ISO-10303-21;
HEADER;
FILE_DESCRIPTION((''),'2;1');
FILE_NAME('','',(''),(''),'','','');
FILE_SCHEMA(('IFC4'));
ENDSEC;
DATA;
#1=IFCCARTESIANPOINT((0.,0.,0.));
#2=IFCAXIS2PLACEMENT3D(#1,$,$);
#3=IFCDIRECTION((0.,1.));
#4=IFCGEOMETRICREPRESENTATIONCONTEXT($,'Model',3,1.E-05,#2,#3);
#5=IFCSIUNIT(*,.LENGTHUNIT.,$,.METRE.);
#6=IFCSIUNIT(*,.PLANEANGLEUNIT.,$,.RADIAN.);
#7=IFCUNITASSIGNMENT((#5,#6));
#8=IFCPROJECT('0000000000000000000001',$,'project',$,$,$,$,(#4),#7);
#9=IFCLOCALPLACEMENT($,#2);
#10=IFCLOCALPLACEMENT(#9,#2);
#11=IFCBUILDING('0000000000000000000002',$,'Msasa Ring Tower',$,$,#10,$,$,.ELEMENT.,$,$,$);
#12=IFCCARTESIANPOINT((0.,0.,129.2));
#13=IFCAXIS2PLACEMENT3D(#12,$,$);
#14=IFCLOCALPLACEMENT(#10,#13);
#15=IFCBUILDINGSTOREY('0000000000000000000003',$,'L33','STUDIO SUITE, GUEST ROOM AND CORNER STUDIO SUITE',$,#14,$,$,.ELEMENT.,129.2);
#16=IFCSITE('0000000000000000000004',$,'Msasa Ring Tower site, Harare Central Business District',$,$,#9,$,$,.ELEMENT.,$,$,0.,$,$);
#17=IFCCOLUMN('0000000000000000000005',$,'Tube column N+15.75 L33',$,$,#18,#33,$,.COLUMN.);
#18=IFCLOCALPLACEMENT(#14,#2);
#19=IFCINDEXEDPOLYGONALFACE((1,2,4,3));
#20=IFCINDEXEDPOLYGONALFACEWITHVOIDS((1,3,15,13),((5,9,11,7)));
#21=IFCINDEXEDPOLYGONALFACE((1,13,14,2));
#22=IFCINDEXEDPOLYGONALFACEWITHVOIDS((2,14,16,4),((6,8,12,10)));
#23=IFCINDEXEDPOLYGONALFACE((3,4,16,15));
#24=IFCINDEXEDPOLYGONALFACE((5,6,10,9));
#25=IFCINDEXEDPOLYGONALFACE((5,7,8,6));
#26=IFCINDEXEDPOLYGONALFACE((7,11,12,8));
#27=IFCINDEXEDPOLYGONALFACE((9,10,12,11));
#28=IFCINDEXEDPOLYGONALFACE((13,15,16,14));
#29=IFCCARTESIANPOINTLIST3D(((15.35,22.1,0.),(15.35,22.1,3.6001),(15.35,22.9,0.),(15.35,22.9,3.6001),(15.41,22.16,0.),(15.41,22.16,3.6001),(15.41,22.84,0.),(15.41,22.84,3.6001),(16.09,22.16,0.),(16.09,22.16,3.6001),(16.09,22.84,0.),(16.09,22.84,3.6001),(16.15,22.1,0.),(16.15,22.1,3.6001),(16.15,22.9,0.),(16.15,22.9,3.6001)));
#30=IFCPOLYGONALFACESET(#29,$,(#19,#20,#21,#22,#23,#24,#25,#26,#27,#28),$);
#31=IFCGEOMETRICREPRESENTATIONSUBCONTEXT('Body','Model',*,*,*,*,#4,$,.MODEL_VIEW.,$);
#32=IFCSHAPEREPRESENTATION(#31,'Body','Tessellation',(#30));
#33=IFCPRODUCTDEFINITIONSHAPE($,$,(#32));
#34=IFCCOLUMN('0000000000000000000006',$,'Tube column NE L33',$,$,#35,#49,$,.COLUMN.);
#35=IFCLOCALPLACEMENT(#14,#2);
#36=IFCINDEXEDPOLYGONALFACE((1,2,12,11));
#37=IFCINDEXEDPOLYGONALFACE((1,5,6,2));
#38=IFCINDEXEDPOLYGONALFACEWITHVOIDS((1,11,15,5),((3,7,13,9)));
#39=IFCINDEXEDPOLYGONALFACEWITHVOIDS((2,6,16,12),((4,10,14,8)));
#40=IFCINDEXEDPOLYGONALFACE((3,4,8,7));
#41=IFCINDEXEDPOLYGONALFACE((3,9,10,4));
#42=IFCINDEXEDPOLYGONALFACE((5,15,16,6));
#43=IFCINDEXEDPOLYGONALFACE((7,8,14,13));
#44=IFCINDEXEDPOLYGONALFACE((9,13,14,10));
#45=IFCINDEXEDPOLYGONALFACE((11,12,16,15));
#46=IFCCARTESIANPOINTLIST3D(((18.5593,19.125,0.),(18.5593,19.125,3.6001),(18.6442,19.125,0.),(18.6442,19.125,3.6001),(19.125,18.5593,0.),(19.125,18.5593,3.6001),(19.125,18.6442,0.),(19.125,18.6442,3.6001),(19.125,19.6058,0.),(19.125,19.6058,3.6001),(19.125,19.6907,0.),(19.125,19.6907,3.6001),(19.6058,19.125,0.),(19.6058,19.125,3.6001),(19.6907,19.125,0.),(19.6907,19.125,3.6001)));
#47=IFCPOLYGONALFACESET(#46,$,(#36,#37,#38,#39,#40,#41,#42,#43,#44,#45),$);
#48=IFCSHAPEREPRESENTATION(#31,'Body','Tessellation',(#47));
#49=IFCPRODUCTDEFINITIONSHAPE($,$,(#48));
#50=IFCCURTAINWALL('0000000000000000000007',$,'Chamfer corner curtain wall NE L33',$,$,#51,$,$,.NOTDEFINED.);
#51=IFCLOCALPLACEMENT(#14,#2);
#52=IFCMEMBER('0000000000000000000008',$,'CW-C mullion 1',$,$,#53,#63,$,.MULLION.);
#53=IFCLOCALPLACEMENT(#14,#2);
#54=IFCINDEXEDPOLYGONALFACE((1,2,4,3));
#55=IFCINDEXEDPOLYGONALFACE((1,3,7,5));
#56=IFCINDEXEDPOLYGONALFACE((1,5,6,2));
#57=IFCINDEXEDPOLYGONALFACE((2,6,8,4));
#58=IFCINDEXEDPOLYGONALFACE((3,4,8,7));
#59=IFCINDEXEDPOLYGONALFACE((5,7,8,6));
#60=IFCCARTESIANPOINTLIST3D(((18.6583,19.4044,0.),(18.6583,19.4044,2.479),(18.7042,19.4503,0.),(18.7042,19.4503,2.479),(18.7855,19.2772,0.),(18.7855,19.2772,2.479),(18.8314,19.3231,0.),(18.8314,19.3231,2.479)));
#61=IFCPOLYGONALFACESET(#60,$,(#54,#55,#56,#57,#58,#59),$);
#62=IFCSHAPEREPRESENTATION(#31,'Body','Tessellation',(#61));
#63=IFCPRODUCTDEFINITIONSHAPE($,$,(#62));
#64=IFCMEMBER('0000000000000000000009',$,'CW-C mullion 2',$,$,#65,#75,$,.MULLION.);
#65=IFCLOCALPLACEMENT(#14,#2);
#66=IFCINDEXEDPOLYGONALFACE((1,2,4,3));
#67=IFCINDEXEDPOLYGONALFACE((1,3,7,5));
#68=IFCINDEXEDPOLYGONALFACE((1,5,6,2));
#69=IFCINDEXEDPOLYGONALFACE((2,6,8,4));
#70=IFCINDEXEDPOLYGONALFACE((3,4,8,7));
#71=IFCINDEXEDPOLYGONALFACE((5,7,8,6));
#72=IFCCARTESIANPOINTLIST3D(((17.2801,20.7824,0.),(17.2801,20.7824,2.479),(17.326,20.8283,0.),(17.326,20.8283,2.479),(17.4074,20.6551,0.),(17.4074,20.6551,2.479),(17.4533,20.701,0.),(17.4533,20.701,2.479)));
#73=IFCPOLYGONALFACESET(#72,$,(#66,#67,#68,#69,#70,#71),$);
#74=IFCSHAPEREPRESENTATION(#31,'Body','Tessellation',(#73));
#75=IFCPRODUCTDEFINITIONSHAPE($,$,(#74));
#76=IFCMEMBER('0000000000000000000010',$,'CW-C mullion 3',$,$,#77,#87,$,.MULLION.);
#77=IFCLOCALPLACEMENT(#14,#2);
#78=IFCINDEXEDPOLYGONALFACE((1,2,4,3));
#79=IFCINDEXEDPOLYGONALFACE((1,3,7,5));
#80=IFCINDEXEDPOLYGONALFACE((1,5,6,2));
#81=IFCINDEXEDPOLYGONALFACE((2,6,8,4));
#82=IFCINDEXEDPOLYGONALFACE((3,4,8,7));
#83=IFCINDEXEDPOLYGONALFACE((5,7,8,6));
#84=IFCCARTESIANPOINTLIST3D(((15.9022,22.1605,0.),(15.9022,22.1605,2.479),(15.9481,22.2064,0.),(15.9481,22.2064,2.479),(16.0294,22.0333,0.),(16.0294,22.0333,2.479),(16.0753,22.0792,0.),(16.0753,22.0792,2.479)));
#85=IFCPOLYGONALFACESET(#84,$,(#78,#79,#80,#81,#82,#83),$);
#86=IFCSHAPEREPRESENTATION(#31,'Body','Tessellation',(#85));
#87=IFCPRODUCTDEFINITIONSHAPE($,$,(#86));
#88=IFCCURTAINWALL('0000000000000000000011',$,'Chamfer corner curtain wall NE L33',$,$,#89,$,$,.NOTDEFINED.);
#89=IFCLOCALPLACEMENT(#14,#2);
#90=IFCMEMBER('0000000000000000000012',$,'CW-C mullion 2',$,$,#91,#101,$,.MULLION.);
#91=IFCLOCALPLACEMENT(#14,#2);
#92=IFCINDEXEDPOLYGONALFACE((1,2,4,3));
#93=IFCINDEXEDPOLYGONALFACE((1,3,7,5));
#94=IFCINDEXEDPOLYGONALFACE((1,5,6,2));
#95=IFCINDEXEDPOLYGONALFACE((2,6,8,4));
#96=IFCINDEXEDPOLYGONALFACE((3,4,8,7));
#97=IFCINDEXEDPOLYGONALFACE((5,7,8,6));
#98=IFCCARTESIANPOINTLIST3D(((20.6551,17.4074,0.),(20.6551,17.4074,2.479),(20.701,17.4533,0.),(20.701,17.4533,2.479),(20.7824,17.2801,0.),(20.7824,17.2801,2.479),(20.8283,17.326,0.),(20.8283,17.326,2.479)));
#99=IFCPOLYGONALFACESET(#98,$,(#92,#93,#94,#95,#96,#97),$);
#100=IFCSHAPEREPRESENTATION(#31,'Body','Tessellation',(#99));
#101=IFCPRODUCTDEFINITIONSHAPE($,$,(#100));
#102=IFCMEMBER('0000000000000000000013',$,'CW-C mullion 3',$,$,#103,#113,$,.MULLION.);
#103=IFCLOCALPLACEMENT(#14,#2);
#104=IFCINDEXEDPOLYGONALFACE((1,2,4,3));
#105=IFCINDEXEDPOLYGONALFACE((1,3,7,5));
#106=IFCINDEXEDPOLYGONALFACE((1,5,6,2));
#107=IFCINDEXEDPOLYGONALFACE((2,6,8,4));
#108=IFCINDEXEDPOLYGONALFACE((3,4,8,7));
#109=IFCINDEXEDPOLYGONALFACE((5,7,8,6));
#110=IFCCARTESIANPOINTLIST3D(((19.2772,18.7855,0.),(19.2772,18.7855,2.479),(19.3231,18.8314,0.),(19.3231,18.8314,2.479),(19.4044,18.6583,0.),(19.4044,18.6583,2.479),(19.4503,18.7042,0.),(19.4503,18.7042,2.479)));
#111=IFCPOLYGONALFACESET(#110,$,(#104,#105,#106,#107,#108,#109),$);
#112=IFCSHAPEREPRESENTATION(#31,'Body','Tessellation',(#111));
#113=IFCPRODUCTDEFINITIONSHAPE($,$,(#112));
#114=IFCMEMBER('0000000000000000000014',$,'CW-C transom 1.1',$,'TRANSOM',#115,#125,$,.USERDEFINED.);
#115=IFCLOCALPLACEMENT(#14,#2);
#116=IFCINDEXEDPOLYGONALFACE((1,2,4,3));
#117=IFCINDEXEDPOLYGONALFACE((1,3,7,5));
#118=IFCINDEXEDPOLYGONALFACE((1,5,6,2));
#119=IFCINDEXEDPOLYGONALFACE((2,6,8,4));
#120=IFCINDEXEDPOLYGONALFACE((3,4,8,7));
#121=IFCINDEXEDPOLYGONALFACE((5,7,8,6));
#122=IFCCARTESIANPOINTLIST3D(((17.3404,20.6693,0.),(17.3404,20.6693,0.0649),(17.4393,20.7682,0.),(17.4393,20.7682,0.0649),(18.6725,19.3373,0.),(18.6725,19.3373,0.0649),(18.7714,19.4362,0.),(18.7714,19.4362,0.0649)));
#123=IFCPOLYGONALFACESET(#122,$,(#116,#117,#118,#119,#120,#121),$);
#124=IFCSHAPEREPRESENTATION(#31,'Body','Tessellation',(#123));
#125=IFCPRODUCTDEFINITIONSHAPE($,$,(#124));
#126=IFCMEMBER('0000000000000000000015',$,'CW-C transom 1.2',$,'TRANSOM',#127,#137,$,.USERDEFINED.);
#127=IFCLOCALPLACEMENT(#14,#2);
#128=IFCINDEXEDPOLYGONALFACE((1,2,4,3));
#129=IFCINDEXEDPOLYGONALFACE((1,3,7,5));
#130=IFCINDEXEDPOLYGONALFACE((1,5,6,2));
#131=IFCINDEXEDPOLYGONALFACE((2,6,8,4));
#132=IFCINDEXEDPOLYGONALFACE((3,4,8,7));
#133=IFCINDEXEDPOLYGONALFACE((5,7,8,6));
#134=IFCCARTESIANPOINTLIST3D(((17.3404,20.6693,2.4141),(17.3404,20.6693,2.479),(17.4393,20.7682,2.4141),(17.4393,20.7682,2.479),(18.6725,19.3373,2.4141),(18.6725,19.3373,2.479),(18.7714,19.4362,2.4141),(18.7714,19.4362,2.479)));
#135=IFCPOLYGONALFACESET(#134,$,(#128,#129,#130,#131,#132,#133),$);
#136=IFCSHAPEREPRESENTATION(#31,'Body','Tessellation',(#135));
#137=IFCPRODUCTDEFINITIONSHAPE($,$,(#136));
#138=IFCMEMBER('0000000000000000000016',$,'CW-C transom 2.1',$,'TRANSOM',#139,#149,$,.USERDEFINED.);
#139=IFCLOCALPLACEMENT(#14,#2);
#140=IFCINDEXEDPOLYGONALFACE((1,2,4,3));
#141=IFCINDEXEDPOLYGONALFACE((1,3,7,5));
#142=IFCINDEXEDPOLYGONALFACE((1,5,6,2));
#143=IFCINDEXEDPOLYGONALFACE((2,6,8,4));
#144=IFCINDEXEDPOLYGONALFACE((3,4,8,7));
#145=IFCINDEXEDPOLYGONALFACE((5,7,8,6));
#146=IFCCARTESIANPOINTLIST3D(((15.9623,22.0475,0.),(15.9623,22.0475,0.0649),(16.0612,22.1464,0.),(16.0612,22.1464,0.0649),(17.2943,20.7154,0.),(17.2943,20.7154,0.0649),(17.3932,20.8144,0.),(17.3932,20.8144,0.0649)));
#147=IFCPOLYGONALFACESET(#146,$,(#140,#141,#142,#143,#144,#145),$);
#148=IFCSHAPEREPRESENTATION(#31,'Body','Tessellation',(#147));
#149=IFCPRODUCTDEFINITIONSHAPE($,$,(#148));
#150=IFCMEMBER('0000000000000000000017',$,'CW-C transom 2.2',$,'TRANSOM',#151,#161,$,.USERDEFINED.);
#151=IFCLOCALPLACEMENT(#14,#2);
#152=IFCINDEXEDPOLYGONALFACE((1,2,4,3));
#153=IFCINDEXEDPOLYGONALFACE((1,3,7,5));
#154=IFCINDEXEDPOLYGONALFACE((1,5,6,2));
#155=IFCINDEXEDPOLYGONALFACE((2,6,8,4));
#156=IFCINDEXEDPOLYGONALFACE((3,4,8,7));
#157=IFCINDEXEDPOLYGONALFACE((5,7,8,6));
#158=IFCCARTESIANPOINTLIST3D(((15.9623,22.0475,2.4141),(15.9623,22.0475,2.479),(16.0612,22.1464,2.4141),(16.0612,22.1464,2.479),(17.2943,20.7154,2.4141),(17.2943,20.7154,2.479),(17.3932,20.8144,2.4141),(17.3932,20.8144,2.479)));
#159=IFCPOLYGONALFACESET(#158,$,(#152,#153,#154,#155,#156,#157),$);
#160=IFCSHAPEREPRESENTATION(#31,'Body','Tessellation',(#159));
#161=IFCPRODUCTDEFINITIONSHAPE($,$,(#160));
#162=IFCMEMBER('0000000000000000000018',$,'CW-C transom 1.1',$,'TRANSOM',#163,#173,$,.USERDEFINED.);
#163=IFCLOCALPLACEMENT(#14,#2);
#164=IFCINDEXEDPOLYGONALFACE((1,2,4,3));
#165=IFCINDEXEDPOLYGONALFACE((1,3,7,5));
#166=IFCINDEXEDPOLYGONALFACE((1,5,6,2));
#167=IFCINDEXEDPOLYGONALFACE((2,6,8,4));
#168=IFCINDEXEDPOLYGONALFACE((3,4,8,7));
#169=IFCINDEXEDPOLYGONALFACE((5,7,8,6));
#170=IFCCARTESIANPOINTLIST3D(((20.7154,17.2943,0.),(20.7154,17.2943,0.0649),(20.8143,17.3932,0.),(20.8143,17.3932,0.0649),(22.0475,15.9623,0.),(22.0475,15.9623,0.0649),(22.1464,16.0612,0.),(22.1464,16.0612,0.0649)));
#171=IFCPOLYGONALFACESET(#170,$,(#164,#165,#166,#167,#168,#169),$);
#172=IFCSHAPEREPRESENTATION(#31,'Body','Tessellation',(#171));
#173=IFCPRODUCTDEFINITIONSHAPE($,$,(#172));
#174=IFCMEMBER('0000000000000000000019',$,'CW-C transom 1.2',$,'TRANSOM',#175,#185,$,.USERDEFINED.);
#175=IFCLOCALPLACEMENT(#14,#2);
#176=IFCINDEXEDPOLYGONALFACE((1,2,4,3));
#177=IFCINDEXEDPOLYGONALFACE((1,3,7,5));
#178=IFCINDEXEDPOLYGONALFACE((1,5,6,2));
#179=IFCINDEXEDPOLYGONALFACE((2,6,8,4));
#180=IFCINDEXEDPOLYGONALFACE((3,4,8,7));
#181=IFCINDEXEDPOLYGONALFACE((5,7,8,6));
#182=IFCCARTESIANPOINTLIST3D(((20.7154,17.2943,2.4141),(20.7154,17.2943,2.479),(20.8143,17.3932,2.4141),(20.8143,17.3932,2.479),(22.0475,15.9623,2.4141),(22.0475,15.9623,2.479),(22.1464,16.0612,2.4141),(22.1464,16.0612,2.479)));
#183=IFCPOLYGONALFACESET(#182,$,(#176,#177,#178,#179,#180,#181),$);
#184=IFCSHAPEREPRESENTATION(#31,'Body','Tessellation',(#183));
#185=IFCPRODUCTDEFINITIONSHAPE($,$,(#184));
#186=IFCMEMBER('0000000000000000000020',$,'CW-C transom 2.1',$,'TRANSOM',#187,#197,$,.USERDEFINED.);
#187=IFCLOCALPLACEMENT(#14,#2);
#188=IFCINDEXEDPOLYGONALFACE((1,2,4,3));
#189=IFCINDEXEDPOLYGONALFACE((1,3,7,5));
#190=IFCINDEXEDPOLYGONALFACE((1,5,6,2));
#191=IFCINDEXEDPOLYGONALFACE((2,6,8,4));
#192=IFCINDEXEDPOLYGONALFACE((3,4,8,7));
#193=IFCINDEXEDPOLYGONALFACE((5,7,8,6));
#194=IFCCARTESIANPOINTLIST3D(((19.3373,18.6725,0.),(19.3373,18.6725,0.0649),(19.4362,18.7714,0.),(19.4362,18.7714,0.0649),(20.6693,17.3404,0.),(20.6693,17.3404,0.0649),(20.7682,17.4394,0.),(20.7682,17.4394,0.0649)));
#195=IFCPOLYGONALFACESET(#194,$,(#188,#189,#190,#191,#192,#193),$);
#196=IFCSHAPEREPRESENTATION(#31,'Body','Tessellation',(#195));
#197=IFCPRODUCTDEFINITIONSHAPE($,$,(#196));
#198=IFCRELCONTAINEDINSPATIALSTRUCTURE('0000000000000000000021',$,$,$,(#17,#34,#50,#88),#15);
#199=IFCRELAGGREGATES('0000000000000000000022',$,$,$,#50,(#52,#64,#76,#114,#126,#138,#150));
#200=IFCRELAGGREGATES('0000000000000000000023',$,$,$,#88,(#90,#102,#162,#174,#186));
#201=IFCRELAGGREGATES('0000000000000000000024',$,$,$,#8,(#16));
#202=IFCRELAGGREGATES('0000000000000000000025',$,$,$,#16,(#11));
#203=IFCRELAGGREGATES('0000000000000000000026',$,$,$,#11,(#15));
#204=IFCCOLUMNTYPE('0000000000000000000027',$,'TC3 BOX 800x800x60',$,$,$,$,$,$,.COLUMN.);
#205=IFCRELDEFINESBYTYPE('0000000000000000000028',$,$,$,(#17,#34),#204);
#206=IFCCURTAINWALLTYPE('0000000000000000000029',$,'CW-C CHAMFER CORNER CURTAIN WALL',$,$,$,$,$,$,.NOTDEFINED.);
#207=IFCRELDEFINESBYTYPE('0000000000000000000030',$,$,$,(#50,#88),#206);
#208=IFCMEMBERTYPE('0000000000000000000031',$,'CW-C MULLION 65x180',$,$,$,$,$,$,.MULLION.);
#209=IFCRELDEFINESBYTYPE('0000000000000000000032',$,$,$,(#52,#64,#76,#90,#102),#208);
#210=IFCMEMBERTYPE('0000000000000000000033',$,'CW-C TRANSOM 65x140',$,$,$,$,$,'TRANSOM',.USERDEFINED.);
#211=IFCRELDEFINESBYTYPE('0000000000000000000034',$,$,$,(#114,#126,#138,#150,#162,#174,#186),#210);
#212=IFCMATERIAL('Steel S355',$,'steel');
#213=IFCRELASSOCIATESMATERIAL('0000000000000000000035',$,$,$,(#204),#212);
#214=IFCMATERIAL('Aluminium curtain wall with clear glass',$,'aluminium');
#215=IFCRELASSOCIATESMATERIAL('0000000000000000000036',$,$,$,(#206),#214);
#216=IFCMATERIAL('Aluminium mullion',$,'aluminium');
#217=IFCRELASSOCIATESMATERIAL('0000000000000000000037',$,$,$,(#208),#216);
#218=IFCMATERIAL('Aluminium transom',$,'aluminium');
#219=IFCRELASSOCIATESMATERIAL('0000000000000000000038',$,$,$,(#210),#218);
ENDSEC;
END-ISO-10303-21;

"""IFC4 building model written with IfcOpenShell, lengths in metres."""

from ifc_helpers import new_model, si_unit, direction, frame, origin, origin_2d, place, context, subcontext, project, spatial, rectangle, hollow_rectangle, extrude, material, material_profile, profile_set, type_object, element, aggregate, save


model = new_model("IFC4")

# Units and contexts
model_context = context("Model", 3, precision=1e-05, world=origin(), true_north=direction((0.0, 1.0)))
body_context = subcontext(model_context, "Body", "Model", "MODEL_VIEW")
ifc_project = project(units=[si_unit("LENGTHUNIT", "METRE"), si_unit("PLANEANGLEUNIT", "RADIAN")], contexts=[model_context])

# Site, building, storey
site_placement = place(None, origin())
site = spatial("IfcSite", under=ifc_project, at=site_placement, Name="Msasa Ring Tower site, Harare Central Business District", CompositionType="ELEMENT", RefElevation=0.0)
building_placement = place(site_placement, origin())
building = spatial("IfcBuilding", under=site, at=building_placement, Name="Msasa Ring Tower", CompositionType="ELEMENT")
storey_placement = place(building_placement, frame((0.0, 0.0, 129.2)))
storey = spatial("IfcBuildingStorey", under=building, at=storey_placement, Name="L33", Description="STUDIO SUITE, GUEST ROOM AND CORNER STUDIO SUITE", CompositionType="ELEMENT", Elevation=129.2)

# Columns
ifc_material_1 = material(Name="Steel S355", Category="steel")
ifc_material_profile_1 = material_profile(ifc_material_1, hollow_rectangle(XDim=0.8, YDim=0.8, WallThickness=0.0601, at=origin_2d()), Name="BOX 800x800x60")
ifc_profile_set_1 = profile_set([ifc_material_profile_1], Name="Steel S355")
column_type = type_object("IfcColumnType", Name="TC3 BOX 800x800x60", PredefinedType="COLUMN", material=ifc_profile_set_1)
for number, where, z_axis, x_axis, name in (
    (1, (15.75, 22.5, 0.0), (0.0, 0.0, 1.0), (0.0, 1.0, 0.0), "Tube column N+15.75 L33"),
    (2, (19.125, 19.125, 0.0), (0.0, 0.0, 1.0), (0.707107, 0.707107, 0.0), "Tube column NE L33"),
):
    element("IfcColumn", number, at=place(storey_placement, frame(where, z_axis=z_axis, x_axis=x_axis)), inside=storey, type_object=column_type, Name=name, PredefinedType="COLUMN", context=body_context, shape_type="SweptSolid", body=[
        extrude(hollow_rectangle(XDim=0.8, YDim=0.8, WallThickness=0.0601, at=origin_2d()), origin(), (0.0, 0.0, 1.0), 3.6001),
    ])

# Curtain walls, members
ifc_material_2 = material(Name="Aluminium curtain wall with clear glass", Category="aluminium")
curtain_wall_type = type_object("IfcCurtainWallType", Name="CW-C CHAMFER CORNER CURTAIN WALL", PredefinedType="NOTDEFINED", material=ifc_material_2)
curtain_wall_1_placement = place(storey_placement, origin())
curtain_wall_1 = element("IfcCurtainWall", 3, at=curtain_wall_1_placement, inside=storey, type_object=curtain_wall_type, Name="Chamfer corner curtain wall NE L33", PredefinedType="NOTDEFINED")
ifc_material_3 = material(Name="Aluminium mullion", Category="aluminium")
ifc_material_profile_2 = material_profile(ifc_material_3, rectangle(XDim=0.0649, YDim=0.1799, at=origin_2d()), Name="AL 65x180")
ifc_profile_set_2 = profile_set([ifc_material_profile_2], Name="Aluminium mullion")
member_type_1 = type_object("IfcMemberType", Name="CW-C MULLION 65x180", PredefinedType="MULLION", material=ifc_profile_set_2)
member_1_placement = place(storey_placement, frame((18.7449, 19.3638, 0.0), z_axis=(0.0, 0.0, 1.0), x_axis=(-0.707107, -0.707107, 0.0)))
member_1 = element("IfcMember", 4, at=member_1_placement, type_object=member_type_1, Name="CW-C mullion 1", PredefinedType="MULLION", context=body_context, shape_type="SweptSolid", body=[
    extrude(rectangle(XDim=0.0649, YDim=0.1799, at=origin_2d()), origin(), (0.0, 0.0, 1.0), 2.479),
])
member_2_placement = place(storey_placement, frame((17.3667, 20.7417, 0.0), z_axis=(0.0, 0.0, 1.0), x_axis=(-0.707107, -0.707107, 0.0)))
member_2 = element("IfcMember", 5, at=member_2_placement, type_object=member_type_1, Name="CW-C mullion 2", PredefinedType="MULLION", context=body_context, shape_type="SweptSolid", body=[
    extrude(rectangle(XDim=0.0649, YDim=0.1799, at=origin_2d()), origin(), (0.0, 0.0, 1.0), 2.479),
])
member_3_placement = place(storey_placement, frame((15.9888, 22.1199, 0.0), z_axis=(0.0, 0.0, 1.0), x_axis=(-0.707107, -0.707107, 0.0)))
member_3 = element("IfcMember", 6, at=member_3_placement, type_object=member_type_1, Name="CW-C mullion 3", PredefinedType="MULLION", context=body_context, shape_type="SweptSolid", body=[
    extrude(rectangle(XDim=0.0649, YDim=0.1799, at=origin_2d()), origin(), (0.0, 0.0, 1.0), 2.479),
])
curtain_wall_2_placement = place(storey_placement, origin())
curtain_wall_2 = element("IfcCurtainWall", 7, at=curtain_wall_2_placement, inside=storey, type_object=curtain_wall_type, Name="Chamfer corner curtain wall NE L33", PredefinedType="NOTDEFINED")
member_4_placement = place(storey_placement, frame((20.7417, 17.3667, 0.0), z_axis=(0.0, 0.0, 1.0), x_axis=(-0.707107, -0.707107, 0.0)))
member_4 = element("IfcMember", 8, at=member_4_placement, type_object=member_type_1, Name="CW-C mullion 2", PredefinedType="MULLION", context=body_context, shape_type="SweptSolid", body=[
    extrude(rectangle(XDim=0.0649, YDim=0.1799, at=origin_2d()), origin(), (0.0, 0.0, 1.0), 2.479),
])
member_5_placement = place(storey_placement, frame((19.3638, 18.7449, 0.0), z_axis=(0.0, 0.0, 1.0), x_axis=(-0.707107, -0.707107, 0.0)))
member_5 = element("IfcMember", 9, at=member_5_placement, type_object=member_type_1, Name="CW-C mullion 3", PredefinedType="MULLION", context=body_context, shape_type="SweptSolid", body=[
    extrude(rectangle(XDim=0.0649, YDim=0.1799, at=origin_2d()), origin(), (0.0, 0.0, 1.0), 2.479),
])

# Members
ifc_material_4 = material(Name="Aluminium transom", Category="aluminium")
ifc_material_profile_3 = material_profile(ifc_material_4, rectangle(XDim=0.1399, YDim=0.0649, at=origin_2d()), Name="AL 65x140")
ifc_profile_set_3 = profile_set([ifc_material_profile_3], Name="Aluminium transom")
member_type_2 = type_object("IfcMemberType", Name="CW-C TRANSOM 65x140", ElementType="TRANSOM", PredefinedType="USERDEFINED", material=ifc_profile_set_3)
member_6_placement = place(storey_placement, frame((18.7219, 19.3867, 0.0325), z_axis=(-0.707107, 0.707107, 0.0), x_axis=(-0.707107, -0.707107, 0.0)))
member_6 = element("IfcMember", 10, at=member_6_placement, type_object=member_type_2, Name="CW-C transom 1.1", ObjectType="TRANSOM", PredefinedType="USERDEFINED", context=body_context, shape_type="SweptSolid", body=[
    extrude(rectangle(XDim=0.1399, YDim=0.0649, at=origin_2d()), origin(), (0.0, 0.0, 1.0), 1.8838),
])
member_7_placement = place(storey_placement, frame((18.7219, 19.3867, 2.4465), z_axis=(-0.707107, 0.707107, 0.0), x_axis=(-0.707107, -0.707107, 0.0)))
member_7 = element("IfcMember", 11, at=member_7_placement, type_object=member_type_2, Name="CW-C transom 1.2", ObjectType="TRANSOM", PredefinedType="USERDEFINED", context=body_context, shape_type="SweptSolid", body=[
    extrude(rectangle(XDim=0.1399, YDim=0.0649, at=origin_2d()), origin(), (0.0, 0.0, 1.0), 1.8838),
])
member_8_placement = place(storey_placement, frame((17.3438, 20.7649, 0.0325), z_axis=(-0.707107, 0.707107, 0.0), x_axis=(-0.707107, -0.707107, 0.0)))
member_8 = element("IfcMember", 12, at=member_8_placement, type_object=member_type_2, Name="CW-C transom 2.1", ObjectType="TRANSOM", PredefinedType="USERDEFINED", context=body_context, shape_type="SweptSolid", body=[
    extrude(rectangle(XDim=0.1399, YDim=0.0649, at=origin_2d()), origin(), (0.0, 0.0, 1.0), 1.8838),
])
member_9_placement = place(storey_placement, frame((17.3438, 20.7649, 2.4465), z_axis=(-0.707107, 0.707107, 0.0), x_axis=(-0.707107, -0.707107, 0.0)))
member_9 = element("IfcMember", 13, at=member_9_placement, type_object=member_type_2, Name="CW-C transom 2.2", ObjectType="TRANSOM", PredefinedType="USERDEFINED", context=body_context, shape_type="SweptSolid", body=[
    extrude(rectangle(XDim=0.1399, YDim=0.0649, at=origin_2d()), origin(), (0.0, 0.0, 1.0), 1.8838),
])
member_10_placement = place(storey_placement, frame((22.0969, 16.0117, 0.0325), z_axis=(-0.707107, 0.707107, 0.0), x_axis=(-0.707107, -0.707107, 0.0)))
member_10 = element("IfcMember", 14, at=member_10_placement, type_object=member_type_2, Name="CW-C transom 1.1", ObjectType="TRANSOM", PredefinedType="USERDEFINED", context=body_context, shape_type="SweptSolid", body=[
    extrude(rectangle(XDim=0.1399, YDim=0.0649, at=origin_2d()), origin(), (0.0, 0.0, 1.0), 1.8838),
])
member_11_placement = place(storey_placement, frame((22.0969, 16.0117, 2.4465), z_axis=(-0.707107, 0.707107, 0.0), x_axis=(-0.707107, -0.707107, 0.0)))
member_11 = element("IfcMember", 15, at=member_11_placement, type_object=member_type_2, Name="CW-C transom 1.2", ObjectType="TRANSOM", PredefinedType="USERDEFINED", context=body_context, shape_type="SweptSolid", body=[
    extrude(rectangle(XDim=0.1399, YDim=0.0649, at=origin_2d()), origin(), (0.0, 0.0, 1.0), 1.8838),
])
member_12_placement = place(storey_placement, frame((20.7188, 17.3899, 0.0325), z_axis=(-0.707107, 0.707107, 0.0), x_axis=(-0.707107, -0.707107, 0.0)))
member_12 = element("IfcMember", 16, at=member_12_placement, type_object=member_type_2, Name="CW-C transom 2.1", ObjectType="TRANSOM", PredefinedType="USERDEFINED", context=body_context, shape_type="SweptSolid", body=[
    extrude(rectangle(XDim=0.1399, YDim=0.0649, at=origin_2d()), origin(), (0.0, 0.0, 1.0), 1.8838),
])

aggregate(curtain_wall_1, [member_1, member_2, member_3, member_6, member_7, member_8, member_9])
aggregate(curtain_wall_2, [member_4, member_5, member_10, member_11, member_12])

save(model, "model.ifc")
